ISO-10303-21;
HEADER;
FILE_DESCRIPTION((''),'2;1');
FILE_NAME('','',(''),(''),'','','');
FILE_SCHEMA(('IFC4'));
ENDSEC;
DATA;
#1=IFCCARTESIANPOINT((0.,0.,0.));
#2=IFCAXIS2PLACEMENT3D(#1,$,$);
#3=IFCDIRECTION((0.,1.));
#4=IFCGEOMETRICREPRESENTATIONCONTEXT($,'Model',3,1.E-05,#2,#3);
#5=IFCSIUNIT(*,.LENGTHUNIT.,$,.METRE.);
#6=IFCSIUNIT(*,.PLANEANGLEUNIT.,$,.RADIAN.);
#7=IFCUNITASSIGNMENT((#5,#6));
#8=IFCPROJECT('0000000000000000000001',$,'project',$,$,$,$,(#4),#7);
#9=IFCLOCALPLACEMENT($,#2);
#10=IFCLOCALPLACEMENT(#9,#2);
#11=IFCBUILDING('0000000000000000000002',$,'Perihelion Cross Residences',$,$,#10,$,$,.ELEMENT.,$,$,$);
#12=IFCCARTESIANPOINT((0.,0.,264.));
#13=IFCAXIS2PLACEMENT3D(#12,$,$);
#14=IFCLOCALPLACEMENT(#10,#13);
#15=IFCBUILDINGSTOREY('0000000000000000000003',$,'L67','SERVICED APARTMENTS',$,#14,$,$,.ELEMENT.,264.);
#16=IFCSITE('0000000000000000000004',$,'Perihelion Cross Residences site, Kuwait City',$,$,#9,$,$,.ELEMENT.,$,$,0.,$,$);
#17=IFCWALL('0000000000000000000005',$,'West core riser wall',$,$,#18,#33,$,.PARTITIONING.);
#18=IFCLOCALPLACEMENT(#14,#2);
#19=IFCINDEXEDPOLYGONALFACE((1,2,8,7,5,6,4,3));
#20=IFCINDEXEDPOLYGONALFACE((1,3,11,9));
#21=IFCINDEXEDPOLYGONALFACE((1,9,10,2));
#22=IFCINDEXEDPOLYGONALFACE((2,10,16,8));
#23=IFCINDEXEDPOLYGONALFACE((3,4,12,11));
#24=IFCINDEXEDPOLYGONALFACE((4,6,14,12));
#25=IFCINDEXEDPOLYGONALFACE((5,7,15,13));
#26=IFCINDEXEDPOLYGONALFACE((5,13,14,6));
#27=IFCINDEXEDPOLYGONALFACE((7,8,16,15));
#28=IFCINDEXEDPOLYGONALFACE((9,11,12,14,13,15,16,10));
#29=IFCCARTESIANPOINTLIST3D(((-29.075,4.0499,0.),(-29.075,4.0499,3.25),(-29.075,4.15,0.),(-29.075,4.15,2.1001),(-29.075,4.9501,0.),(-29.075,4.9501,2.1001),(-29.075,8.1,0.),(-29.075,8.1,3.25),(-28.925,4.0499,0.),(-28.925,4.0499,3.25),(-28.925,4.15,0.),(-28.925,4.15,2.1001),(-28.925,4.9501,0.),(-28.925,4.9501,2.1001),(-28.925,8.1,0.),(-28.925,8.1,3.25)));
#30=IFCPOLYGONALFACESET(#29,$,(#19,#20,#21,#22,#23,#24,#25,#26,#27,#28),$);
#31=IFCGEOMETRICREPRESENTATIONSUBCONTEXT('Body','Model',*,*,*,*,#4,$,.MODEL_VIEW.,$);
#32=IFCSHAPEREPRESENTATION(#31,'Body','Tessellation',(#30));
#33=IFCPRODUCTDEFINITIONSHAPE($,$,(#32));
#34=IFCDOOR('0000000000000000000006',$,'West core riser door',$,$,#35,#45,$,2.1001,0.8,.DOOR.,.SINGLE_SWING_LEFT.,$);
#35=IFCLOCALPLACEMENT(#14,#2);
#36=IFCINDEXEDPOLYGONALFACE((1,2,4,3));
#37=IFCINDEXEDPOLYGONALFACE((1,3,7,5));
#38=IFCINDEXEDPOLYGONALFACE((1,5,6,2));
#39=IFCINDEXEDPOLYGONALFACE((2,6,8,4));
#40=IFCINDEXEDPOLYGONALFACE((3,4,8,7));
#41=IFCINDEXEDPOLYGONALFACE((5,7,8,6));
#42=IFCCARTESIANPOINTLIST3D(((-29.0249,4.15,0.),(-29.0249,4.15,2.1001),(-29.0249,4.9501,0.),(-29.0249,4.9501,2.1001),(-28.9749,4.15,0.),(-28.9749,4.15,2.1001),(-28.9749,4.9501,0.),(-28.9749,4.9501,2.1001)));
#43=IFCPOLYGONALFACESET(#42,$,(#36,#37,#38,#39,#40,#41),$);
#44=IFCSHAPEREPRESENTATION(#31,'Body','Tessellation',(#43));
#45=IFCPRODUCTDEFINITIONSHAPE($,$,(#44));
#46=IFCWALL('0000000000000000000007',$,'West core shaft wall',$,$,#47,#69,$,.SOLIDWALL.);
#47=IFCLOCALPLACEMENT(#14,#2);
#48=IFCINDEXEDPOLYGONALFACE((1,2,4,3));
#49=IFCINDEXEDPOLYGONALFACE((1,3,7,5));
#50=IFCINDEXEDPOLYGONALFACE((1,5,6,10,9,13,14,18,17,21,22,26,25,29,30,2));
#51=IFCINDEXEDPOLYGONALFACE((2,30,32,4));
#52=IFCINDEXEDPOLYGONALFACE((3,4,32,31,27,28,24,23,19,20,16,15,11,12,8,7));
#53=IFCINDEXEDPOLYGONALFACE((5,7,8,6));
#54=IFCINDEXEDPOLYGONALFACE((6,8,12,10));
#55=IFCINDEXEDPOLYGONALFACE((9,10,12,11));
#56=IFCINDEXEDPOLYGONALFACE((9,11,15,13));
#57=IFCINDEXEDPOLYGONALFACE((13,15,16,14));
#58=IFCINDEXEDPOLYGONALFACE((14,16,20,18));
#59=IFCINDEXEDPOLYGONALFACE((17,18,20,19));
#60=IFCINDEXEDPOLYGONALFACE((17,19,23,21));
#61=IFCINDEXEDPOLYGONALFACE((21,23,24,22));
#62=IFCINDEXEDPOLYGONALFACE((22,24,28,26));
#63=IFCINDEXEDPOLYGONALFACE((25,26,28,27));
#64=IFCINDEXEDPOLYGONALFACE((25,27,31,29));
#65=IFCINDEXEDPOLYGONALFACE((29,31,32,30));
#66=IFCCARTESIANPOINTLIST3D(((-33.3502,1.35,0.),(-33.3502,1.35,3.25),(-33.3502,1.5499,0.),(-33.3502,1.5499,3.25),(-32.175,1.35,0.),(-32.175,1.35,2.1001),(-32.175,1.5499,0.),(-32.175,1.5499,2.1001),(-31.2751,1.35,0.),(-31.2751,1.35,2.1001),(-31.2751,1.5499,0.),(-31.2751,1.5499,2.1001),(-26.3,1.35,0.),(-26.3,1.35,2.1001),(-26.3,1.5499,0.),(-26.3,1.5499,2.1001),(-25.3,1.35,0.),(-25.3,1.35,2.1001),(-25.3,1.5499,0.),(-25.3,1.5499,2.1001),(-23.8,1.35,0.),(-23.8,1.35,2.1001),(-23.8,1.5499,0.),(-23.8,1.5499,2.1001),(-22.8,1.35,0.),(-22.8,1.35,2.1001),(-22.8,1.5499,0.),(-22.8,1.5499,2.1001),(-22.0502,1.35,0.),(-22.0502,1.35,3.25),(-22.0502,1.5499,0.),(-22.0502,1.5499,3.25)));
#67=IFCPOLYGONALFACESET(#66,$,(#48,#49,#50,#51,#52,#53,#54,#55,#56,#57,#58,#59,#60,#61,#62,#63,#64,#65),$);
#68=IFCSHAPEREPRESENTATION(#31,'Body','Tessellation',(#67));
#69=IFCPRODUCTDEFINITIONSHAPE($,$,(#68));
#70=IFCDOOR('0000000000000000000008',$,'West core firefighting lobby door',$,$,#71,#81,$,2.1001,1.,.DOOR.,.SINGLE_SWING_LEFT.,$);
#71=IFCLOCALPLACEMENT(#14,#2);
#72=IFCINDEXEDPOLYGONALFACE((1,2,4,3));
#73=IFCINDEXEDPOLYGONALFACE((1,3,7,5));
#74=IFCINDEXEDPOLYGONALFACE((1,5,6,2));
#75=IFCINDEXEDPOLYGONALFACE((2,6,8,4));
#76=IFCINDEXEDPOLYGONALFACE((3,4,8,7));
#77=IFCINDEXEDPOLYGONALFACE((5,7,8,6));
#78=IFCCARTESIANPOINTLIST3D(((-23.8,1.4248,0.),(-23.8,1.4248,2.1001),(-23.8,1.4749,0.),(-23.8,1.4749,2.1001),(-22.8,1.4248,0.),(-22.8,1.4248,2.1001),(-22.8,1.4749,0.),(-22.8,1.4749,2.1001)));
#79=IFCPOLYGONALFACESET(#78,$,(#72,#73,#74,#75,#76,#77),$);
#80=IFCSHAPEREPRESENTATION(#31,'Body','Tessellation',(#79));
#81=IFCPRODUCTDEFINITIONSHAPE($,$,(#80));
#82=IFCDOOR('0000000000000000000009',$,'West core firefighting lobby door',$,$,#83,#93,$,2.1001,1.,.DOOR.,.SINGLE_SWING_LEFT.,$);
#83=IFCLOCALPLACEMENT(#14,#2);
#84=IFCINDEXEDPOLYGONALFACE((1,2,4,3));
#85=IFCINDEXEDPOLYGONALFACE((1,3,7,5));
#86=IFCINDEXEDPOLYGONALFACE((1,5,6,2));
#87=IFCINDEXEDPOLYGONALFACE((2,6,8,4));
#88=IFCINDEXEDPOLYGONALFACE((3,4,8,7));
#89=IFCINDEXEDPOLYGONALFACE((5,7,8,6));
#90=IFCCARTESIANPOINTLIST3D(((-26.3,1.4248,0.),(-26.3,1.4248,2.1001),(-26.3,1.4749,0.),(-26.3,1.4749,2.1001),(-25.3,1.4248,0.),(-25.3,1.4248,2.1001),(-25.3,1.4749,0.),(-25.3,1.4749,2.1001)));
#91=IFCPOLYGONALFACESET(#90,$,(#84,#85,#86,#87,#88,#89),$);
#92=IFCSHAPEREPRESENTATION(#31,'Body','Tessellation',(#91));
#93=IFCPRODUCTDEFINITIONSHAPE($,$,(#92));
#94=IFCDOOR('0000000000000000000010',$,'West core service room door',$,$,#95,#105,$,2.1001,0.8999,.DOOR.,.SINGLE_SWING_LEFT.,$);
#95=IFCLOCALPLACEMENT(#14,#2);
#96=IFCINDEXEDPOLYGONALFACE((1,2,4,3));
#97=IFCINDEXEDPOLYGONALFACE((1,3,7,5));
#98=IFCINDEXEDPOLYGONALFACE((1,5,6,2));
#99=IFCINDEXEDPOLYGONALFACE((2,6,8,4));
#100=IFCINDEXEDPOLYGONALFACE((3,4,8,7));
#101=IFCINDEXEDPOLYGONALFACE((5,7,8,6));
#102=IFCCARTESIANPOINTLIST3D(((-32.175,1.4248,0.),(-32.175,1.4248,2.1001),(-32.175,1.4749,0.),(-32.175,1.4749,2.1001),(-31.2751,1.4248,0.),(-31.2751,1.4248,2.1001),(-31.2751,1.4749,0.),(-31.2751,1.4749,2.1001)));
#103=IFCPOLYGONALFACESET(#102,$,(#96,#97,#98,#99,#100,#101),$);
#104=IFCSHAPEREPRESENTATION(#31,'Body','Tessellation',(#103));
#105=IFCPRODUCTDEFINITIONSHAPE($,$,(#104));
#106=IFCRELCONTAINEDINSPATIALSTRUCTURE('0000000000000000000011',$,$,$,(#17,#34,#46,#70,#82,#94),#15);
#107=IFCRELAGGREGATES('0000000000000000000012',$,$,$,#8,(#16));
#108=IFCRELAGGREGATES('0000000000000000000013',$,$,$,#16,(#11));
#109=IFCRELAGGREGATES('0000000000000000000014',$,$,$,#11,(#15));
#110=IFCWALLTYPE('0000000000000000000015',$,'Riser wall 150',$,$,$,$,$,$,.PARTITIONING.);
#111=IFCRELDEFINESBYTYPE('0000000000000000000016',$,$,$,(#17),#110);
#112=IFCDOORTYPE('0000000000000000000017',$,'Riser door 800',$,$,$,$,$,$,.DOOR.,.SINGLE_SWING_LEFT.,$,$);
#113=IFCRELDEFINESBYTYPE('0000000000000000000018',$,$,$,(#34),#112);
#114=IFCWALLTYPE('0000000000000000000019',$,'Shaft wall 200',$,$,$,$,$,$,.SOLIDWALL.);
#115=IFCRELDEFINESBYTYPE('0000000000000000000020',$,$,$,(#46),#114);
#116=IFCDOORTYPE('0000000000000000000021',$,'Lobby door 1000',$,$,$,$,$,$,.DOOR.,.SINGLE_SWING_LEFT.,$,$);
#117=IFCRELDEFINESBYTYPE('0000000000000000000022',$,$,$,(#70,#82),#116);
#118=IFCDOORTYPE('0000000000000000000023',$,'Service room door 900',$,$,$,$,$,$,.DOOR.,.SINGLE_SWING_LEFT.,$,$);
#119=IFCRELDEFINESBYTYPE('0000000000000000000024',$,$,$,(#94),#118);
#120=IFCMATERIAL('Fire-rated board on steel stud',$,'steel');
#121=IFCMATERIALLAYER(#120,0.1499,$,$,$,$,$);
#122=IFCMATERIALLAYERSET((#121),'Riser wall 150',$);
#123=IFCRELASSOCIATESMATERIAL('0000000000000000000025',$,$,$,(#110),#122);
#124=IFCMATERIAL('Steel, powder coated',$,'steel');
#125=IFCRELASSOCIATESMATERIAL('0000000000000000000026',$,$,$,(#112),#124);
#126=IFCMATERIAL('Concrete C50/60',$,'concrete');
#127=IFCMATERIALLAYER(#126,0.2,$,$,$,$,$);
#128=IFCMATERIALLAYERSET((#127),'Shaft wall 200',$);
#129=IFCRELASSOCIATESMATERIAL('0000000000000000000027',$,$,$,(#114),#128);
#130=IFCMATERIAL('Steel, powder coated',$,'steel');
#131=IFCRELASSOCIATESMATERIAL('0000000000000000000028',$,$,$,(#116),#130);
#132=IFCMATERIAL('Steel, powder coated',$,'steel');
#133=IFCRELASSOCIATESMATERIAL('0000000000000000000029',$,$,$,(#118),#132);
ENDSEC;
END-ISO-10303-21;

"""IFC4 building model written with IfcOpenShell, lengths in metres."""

from ifc_helpers import new_model, si_unit, direction, frame, frame_2d, origin, place, context, subcontext, project, spatial, rectangle, extrude, material, layer, layer_set, type_object, element, fill, save


model = new_model("IFC4")

# Units and contexts
model_context = context("Model", 3, precision=1e-05, world=origin(), true_north=direction((0.0, 1.0)))
body_context = subcontext(model_context, "Body", "Model", "MODEL_VIEW")
ifc_project = project(units=[si_unit("LENGTHUNIT", "METRE"), si_unit("PLANEANGLEUNIT", "RADIAN")], contexts=[model_context])

# Site, building, storey
site_placement = place(None, origin())
site = spatial("IfcSite", under=ifc_project, at=site_placement, Name="Perihelion Cross Residences site, Kuwait City", CompositionType="ELEMENT", RefElevation=0.0)
building_placement = place(site_placement, origin())
building = spatial("IfcBuilding", under=site, at=building_placement, Name="Perihelion Cross Residences", CompositionType="ELEMENT")
storey_placement = place(building_placement, frame((0.0, 0.0, 264.0)))
storey = spatial("IfcBuildingStorey", under=building, at=storey_placement, Name="L67", Description="SERVICED APARTMENTS", CompositionType="ELEMENT", Elevation=264.0)

# Wall, opening, door
ifc_material_1 = material(Name="Fire-rated board on steel stud", Category="steel")
ifc_layer_1 = layer(ifc_material_1, 0.1499)
ifc_layer_set_1 = layer_set([ifc_layer_1], Name="Riser wall 150")
wall_type_1 = type_object("IfcWallType", Name="Riser wall 150", PredefinedType="PARTITIONING", material=ifc_layer_set_1)
wall_1_placement = place(storey_placement, frame((-29.0, 4.05, 0.0), z_axis=(0.0, 0.0, 1.0), x_axis=(0.0, 1.0, 0.0)))
wall_1 = element("IfcWall", 1, at=wall_1_placement, inside=storey, type_object=wall_type_1, Name="West core riser wall", PredefinedType="PARTITIONING", context=body_context, shape_type="SweptSolid", body=[
    extrude(rectangle(XDim=4.05, YDim=0.1499, at=frame_2d((2.0249, 0.0))), origin(), (0.0, 0.0, 1.0), 3.25),
])
opening_1_placement = place(wall_1_placement, frame((0.1001, 0.0, 0.0)))
opening_1 = element("IfcOpeningElement", 2, at=opening_1_placement, cuts=wall_1, PredefinedType="OPENING", context=body_context, shape_type="SweptSolid", body=[
    extrude(rectangle(XDim=0.8, YDim=2.1001, at=frame_2d((0.3999, 1.05))), frame((0.0, 0.085, 0.0), z_axis=(0.0, -1.0, 0.0), x_axis=(1.0, 0.0, 0.0)), (0.0, 0.0, 1.0), 0.1699),
])
ifc_material_2 = material(Name="Steel, powder coated", Category="steel")
door_type_1 = type_object("IfcDoorType", Name="Riser door 800", OperationType="SINGLE_SWING_LEFT", PredefinedType="DOOR", material=ifc_material_2)
door_1_placement = place(opening_1_placement, origin())
door_1 = element("IfcDoor", 3, at=door_1_placement, inside=storey, type_object=door_type_1, Name="West core riser door", OperationType="SINGLE_SWING_LEFT", OverallHeight=2.1001, OverallWidth=0.8, PredefinedType="DOOR", context=body_context, shape_type="SweptSolid", body=[
    extrude(rectangle(XDim=0.8, YDim=2.1001, at=frame_2d((0.3999, 1.05))), frame((0.0, 0.0249, 0.0), z_axis=(0.0, -1.0, 0.0), x_axis=(1.0, 0.0, 0.0)), (0.0, 0.0, 1.0), 0.05),
])
fill(opening_1, door_1)

# Wall, openings, doors
ifc_material_3 = material(Name="Concrete C50/60", Category="concrete")
ifc_layer_2 = layer(ifc_material_3, 0.2)
ifc_layer_set_2 = layer_set([ifc_layer_2], Name="Shaft wall 200")
wall_type_2 = type_object("IfcWallType", Name="Shaft wall 200", PredefinedType="SOLIDWALL", material=ifc_layer_set_2)
wall_2_placement = place(storey_placement, frame((-33.3501, 1.45, 0.0), z_axis=(0.0, 0.0, 1.0), x_axis=(1.0, 0.0, 0.0)))
wall_2 = element("IfcWall", 4, at=wall_2_placement, inside=storey, type_object=wall_type_2, Name="West core shaft wall", PredefinedType="SOLIDWALL", context=body_context, shape_type="SweptSolid", body=[
    extrude(rectangle(XDim=11.3, YDim=0.2, at=frame_2d((5.6499, 0.0))), origin(), (0.0, 0.0, 1.0), 3.25),
])
opening_2_placement = place(wall_2_placement, frame((9.55, 0.0, 0.0)))
opening_2 = element("IfcOpeningElement", 5, at=opening_2_placement, cuts=wall_2, PredefinedType="OPENING", context=body_context, shape_type="SweptSolid", body=[
    extrude(rectangle(XDim=1.0, YDim=2.1001, at=frame_2d((0.5, 1.05))), frame((0.0, 0.1099, 0.0), z_axis=(0.0, -1.0, 0.0), x_axis=(1.0, 0.0, 0.0)), (0.0, 0.0, 1.0), 0.22),
])
opening_3_placement = place(wall_2_placement, frame((7.05, 0.0, 0.0)))
opening_3 = element("IfcOpeningElement", 6, at=opening_3_placement, cuts=wall_2, PredefinedType="OPENING", context=body_context, shape_type="SweptSolid", body=[
    extrude(rectangle(XDim=1.0, YDim=2.1001, at=frame_2d((0.5, 1.05))), frame((0.0, 0.1099, 0.0), z_axis=(0.0, -1.0, 0.0), x_axis=(1.0, 0.0, 0.0)), (0.0, 0.0, 1.0), 0.22),
])
opening_4_placement = place(wall_2_placement, frame((1.175, 0.0, 0.0)))
opening_4 = element("IfcOpeningElement", 7, at=opening_4_placement, cuts=wall_2, PredefinedType="OPENING", context=body_context, shape_type="SweptSolid", body=[
    extrude(rectangle(XDim=0.8999, YDim=2.1001, at=frame_2d((0.45, 1.05))), frame((0.0, 0.1099, 0.0), z_axis=(0.0, -1.0, 0.0), x_axis=(1.0, 0.0, 0.0)), (0.0, 0.0, 1.0), 0.22),
])
ifc_material_4 = material(Name="Steel, powder coated", Category="steel")
door_type_2 = type_object("IfcDoorType", Name="Lobby door 1000", OperationType="SINGLE_SWING_LEFT", PredefinedType="DOOR", material=ifc_material_4)
door_2_placement = place(opening_2_placement, origin())
door_2 = element("IfcDoor", 8, at=door_2_placement, inside=storey, type_object=door_type_2, Name="West core firefighting lobby door", OperationType="SINGLE_SWING_LEFT", OverallHeight=2.1001, OverallWidth=1.0, PredefinedType="DOOR", context=body_context, shape_type="SweptSolid", body=[
    extrude(rectangle(XDim=1.0, YDim=2.1001, at=frame_2d((0.5, 1.05))), frame((0.0, 0.0249, 0.0), z_axis=(0.0, -1.0, 0.0), x_axis=(1.0, 0.0, 0.0)), (0.0, 0.0, 1.0), 0.05),
])
fill(opening_2, door_2)
door_3_placement = place(opening_3_placement, origin())
door_3 = element("IfcDoor", 9, at=door_3_placement, inside=storey, type_object=door_type_2, Name="West core firefighting lobby door", OperationType="SINGLE_SWING_LEFT", OverallHeight=2.1001, OverallWidth=1.0, PredefinedType="DOOR", context=body_context, shape_type="SweptSolid", body=[
    extrude(rectangle(XDim=1.0, YDim=2.1001, at=frame_2d((0.5, 1.05))), frame((0.0, 0.0249, 0.0), z_axis=(0.0, -1.0, 0.0), x_axis=(1.0, 0.0, 0.0)), (0.0, 0.0, 1.0), 0.05),
])
fill(opening_3, door_3)
ifc_material_5 = material(Name="Steel, powder coated", Category="steel")
door_type_3 = type_object("IfcDoorType", Name="Service room door 900", OperationType="SINGLE_SWING_LEFT", PredefinedType="DOOR", material=ifc_material_5)
door_4_placement = place(opening_4_placement, origin())
door_4 = element("IfcDoor", 10, at=door_4_placement, inside=storey, type_object=door_type_3, Name="West core service room door", OperationType="SINGLE_SWING_LEFT", OverallHeight=2.1001, OverallWidth=0.8999, PredefinedType="DOOR", context=body_context, shape_type="SweptSolid", body=[
    extrude(rectangle(XDim=0.8999, YDim=2.1001, at=frame_2d((0.45, 1.05))), frame((0.0, 0.0249, 0.0), z_axis=(0.0, -1.0, 0.0), x_axis=(1.0, 0.0, 0.0)), (0.0, 0.0, 1.0), 0.05),
])
fill(opening_4, door_4)

save(model, "model.ifc")
